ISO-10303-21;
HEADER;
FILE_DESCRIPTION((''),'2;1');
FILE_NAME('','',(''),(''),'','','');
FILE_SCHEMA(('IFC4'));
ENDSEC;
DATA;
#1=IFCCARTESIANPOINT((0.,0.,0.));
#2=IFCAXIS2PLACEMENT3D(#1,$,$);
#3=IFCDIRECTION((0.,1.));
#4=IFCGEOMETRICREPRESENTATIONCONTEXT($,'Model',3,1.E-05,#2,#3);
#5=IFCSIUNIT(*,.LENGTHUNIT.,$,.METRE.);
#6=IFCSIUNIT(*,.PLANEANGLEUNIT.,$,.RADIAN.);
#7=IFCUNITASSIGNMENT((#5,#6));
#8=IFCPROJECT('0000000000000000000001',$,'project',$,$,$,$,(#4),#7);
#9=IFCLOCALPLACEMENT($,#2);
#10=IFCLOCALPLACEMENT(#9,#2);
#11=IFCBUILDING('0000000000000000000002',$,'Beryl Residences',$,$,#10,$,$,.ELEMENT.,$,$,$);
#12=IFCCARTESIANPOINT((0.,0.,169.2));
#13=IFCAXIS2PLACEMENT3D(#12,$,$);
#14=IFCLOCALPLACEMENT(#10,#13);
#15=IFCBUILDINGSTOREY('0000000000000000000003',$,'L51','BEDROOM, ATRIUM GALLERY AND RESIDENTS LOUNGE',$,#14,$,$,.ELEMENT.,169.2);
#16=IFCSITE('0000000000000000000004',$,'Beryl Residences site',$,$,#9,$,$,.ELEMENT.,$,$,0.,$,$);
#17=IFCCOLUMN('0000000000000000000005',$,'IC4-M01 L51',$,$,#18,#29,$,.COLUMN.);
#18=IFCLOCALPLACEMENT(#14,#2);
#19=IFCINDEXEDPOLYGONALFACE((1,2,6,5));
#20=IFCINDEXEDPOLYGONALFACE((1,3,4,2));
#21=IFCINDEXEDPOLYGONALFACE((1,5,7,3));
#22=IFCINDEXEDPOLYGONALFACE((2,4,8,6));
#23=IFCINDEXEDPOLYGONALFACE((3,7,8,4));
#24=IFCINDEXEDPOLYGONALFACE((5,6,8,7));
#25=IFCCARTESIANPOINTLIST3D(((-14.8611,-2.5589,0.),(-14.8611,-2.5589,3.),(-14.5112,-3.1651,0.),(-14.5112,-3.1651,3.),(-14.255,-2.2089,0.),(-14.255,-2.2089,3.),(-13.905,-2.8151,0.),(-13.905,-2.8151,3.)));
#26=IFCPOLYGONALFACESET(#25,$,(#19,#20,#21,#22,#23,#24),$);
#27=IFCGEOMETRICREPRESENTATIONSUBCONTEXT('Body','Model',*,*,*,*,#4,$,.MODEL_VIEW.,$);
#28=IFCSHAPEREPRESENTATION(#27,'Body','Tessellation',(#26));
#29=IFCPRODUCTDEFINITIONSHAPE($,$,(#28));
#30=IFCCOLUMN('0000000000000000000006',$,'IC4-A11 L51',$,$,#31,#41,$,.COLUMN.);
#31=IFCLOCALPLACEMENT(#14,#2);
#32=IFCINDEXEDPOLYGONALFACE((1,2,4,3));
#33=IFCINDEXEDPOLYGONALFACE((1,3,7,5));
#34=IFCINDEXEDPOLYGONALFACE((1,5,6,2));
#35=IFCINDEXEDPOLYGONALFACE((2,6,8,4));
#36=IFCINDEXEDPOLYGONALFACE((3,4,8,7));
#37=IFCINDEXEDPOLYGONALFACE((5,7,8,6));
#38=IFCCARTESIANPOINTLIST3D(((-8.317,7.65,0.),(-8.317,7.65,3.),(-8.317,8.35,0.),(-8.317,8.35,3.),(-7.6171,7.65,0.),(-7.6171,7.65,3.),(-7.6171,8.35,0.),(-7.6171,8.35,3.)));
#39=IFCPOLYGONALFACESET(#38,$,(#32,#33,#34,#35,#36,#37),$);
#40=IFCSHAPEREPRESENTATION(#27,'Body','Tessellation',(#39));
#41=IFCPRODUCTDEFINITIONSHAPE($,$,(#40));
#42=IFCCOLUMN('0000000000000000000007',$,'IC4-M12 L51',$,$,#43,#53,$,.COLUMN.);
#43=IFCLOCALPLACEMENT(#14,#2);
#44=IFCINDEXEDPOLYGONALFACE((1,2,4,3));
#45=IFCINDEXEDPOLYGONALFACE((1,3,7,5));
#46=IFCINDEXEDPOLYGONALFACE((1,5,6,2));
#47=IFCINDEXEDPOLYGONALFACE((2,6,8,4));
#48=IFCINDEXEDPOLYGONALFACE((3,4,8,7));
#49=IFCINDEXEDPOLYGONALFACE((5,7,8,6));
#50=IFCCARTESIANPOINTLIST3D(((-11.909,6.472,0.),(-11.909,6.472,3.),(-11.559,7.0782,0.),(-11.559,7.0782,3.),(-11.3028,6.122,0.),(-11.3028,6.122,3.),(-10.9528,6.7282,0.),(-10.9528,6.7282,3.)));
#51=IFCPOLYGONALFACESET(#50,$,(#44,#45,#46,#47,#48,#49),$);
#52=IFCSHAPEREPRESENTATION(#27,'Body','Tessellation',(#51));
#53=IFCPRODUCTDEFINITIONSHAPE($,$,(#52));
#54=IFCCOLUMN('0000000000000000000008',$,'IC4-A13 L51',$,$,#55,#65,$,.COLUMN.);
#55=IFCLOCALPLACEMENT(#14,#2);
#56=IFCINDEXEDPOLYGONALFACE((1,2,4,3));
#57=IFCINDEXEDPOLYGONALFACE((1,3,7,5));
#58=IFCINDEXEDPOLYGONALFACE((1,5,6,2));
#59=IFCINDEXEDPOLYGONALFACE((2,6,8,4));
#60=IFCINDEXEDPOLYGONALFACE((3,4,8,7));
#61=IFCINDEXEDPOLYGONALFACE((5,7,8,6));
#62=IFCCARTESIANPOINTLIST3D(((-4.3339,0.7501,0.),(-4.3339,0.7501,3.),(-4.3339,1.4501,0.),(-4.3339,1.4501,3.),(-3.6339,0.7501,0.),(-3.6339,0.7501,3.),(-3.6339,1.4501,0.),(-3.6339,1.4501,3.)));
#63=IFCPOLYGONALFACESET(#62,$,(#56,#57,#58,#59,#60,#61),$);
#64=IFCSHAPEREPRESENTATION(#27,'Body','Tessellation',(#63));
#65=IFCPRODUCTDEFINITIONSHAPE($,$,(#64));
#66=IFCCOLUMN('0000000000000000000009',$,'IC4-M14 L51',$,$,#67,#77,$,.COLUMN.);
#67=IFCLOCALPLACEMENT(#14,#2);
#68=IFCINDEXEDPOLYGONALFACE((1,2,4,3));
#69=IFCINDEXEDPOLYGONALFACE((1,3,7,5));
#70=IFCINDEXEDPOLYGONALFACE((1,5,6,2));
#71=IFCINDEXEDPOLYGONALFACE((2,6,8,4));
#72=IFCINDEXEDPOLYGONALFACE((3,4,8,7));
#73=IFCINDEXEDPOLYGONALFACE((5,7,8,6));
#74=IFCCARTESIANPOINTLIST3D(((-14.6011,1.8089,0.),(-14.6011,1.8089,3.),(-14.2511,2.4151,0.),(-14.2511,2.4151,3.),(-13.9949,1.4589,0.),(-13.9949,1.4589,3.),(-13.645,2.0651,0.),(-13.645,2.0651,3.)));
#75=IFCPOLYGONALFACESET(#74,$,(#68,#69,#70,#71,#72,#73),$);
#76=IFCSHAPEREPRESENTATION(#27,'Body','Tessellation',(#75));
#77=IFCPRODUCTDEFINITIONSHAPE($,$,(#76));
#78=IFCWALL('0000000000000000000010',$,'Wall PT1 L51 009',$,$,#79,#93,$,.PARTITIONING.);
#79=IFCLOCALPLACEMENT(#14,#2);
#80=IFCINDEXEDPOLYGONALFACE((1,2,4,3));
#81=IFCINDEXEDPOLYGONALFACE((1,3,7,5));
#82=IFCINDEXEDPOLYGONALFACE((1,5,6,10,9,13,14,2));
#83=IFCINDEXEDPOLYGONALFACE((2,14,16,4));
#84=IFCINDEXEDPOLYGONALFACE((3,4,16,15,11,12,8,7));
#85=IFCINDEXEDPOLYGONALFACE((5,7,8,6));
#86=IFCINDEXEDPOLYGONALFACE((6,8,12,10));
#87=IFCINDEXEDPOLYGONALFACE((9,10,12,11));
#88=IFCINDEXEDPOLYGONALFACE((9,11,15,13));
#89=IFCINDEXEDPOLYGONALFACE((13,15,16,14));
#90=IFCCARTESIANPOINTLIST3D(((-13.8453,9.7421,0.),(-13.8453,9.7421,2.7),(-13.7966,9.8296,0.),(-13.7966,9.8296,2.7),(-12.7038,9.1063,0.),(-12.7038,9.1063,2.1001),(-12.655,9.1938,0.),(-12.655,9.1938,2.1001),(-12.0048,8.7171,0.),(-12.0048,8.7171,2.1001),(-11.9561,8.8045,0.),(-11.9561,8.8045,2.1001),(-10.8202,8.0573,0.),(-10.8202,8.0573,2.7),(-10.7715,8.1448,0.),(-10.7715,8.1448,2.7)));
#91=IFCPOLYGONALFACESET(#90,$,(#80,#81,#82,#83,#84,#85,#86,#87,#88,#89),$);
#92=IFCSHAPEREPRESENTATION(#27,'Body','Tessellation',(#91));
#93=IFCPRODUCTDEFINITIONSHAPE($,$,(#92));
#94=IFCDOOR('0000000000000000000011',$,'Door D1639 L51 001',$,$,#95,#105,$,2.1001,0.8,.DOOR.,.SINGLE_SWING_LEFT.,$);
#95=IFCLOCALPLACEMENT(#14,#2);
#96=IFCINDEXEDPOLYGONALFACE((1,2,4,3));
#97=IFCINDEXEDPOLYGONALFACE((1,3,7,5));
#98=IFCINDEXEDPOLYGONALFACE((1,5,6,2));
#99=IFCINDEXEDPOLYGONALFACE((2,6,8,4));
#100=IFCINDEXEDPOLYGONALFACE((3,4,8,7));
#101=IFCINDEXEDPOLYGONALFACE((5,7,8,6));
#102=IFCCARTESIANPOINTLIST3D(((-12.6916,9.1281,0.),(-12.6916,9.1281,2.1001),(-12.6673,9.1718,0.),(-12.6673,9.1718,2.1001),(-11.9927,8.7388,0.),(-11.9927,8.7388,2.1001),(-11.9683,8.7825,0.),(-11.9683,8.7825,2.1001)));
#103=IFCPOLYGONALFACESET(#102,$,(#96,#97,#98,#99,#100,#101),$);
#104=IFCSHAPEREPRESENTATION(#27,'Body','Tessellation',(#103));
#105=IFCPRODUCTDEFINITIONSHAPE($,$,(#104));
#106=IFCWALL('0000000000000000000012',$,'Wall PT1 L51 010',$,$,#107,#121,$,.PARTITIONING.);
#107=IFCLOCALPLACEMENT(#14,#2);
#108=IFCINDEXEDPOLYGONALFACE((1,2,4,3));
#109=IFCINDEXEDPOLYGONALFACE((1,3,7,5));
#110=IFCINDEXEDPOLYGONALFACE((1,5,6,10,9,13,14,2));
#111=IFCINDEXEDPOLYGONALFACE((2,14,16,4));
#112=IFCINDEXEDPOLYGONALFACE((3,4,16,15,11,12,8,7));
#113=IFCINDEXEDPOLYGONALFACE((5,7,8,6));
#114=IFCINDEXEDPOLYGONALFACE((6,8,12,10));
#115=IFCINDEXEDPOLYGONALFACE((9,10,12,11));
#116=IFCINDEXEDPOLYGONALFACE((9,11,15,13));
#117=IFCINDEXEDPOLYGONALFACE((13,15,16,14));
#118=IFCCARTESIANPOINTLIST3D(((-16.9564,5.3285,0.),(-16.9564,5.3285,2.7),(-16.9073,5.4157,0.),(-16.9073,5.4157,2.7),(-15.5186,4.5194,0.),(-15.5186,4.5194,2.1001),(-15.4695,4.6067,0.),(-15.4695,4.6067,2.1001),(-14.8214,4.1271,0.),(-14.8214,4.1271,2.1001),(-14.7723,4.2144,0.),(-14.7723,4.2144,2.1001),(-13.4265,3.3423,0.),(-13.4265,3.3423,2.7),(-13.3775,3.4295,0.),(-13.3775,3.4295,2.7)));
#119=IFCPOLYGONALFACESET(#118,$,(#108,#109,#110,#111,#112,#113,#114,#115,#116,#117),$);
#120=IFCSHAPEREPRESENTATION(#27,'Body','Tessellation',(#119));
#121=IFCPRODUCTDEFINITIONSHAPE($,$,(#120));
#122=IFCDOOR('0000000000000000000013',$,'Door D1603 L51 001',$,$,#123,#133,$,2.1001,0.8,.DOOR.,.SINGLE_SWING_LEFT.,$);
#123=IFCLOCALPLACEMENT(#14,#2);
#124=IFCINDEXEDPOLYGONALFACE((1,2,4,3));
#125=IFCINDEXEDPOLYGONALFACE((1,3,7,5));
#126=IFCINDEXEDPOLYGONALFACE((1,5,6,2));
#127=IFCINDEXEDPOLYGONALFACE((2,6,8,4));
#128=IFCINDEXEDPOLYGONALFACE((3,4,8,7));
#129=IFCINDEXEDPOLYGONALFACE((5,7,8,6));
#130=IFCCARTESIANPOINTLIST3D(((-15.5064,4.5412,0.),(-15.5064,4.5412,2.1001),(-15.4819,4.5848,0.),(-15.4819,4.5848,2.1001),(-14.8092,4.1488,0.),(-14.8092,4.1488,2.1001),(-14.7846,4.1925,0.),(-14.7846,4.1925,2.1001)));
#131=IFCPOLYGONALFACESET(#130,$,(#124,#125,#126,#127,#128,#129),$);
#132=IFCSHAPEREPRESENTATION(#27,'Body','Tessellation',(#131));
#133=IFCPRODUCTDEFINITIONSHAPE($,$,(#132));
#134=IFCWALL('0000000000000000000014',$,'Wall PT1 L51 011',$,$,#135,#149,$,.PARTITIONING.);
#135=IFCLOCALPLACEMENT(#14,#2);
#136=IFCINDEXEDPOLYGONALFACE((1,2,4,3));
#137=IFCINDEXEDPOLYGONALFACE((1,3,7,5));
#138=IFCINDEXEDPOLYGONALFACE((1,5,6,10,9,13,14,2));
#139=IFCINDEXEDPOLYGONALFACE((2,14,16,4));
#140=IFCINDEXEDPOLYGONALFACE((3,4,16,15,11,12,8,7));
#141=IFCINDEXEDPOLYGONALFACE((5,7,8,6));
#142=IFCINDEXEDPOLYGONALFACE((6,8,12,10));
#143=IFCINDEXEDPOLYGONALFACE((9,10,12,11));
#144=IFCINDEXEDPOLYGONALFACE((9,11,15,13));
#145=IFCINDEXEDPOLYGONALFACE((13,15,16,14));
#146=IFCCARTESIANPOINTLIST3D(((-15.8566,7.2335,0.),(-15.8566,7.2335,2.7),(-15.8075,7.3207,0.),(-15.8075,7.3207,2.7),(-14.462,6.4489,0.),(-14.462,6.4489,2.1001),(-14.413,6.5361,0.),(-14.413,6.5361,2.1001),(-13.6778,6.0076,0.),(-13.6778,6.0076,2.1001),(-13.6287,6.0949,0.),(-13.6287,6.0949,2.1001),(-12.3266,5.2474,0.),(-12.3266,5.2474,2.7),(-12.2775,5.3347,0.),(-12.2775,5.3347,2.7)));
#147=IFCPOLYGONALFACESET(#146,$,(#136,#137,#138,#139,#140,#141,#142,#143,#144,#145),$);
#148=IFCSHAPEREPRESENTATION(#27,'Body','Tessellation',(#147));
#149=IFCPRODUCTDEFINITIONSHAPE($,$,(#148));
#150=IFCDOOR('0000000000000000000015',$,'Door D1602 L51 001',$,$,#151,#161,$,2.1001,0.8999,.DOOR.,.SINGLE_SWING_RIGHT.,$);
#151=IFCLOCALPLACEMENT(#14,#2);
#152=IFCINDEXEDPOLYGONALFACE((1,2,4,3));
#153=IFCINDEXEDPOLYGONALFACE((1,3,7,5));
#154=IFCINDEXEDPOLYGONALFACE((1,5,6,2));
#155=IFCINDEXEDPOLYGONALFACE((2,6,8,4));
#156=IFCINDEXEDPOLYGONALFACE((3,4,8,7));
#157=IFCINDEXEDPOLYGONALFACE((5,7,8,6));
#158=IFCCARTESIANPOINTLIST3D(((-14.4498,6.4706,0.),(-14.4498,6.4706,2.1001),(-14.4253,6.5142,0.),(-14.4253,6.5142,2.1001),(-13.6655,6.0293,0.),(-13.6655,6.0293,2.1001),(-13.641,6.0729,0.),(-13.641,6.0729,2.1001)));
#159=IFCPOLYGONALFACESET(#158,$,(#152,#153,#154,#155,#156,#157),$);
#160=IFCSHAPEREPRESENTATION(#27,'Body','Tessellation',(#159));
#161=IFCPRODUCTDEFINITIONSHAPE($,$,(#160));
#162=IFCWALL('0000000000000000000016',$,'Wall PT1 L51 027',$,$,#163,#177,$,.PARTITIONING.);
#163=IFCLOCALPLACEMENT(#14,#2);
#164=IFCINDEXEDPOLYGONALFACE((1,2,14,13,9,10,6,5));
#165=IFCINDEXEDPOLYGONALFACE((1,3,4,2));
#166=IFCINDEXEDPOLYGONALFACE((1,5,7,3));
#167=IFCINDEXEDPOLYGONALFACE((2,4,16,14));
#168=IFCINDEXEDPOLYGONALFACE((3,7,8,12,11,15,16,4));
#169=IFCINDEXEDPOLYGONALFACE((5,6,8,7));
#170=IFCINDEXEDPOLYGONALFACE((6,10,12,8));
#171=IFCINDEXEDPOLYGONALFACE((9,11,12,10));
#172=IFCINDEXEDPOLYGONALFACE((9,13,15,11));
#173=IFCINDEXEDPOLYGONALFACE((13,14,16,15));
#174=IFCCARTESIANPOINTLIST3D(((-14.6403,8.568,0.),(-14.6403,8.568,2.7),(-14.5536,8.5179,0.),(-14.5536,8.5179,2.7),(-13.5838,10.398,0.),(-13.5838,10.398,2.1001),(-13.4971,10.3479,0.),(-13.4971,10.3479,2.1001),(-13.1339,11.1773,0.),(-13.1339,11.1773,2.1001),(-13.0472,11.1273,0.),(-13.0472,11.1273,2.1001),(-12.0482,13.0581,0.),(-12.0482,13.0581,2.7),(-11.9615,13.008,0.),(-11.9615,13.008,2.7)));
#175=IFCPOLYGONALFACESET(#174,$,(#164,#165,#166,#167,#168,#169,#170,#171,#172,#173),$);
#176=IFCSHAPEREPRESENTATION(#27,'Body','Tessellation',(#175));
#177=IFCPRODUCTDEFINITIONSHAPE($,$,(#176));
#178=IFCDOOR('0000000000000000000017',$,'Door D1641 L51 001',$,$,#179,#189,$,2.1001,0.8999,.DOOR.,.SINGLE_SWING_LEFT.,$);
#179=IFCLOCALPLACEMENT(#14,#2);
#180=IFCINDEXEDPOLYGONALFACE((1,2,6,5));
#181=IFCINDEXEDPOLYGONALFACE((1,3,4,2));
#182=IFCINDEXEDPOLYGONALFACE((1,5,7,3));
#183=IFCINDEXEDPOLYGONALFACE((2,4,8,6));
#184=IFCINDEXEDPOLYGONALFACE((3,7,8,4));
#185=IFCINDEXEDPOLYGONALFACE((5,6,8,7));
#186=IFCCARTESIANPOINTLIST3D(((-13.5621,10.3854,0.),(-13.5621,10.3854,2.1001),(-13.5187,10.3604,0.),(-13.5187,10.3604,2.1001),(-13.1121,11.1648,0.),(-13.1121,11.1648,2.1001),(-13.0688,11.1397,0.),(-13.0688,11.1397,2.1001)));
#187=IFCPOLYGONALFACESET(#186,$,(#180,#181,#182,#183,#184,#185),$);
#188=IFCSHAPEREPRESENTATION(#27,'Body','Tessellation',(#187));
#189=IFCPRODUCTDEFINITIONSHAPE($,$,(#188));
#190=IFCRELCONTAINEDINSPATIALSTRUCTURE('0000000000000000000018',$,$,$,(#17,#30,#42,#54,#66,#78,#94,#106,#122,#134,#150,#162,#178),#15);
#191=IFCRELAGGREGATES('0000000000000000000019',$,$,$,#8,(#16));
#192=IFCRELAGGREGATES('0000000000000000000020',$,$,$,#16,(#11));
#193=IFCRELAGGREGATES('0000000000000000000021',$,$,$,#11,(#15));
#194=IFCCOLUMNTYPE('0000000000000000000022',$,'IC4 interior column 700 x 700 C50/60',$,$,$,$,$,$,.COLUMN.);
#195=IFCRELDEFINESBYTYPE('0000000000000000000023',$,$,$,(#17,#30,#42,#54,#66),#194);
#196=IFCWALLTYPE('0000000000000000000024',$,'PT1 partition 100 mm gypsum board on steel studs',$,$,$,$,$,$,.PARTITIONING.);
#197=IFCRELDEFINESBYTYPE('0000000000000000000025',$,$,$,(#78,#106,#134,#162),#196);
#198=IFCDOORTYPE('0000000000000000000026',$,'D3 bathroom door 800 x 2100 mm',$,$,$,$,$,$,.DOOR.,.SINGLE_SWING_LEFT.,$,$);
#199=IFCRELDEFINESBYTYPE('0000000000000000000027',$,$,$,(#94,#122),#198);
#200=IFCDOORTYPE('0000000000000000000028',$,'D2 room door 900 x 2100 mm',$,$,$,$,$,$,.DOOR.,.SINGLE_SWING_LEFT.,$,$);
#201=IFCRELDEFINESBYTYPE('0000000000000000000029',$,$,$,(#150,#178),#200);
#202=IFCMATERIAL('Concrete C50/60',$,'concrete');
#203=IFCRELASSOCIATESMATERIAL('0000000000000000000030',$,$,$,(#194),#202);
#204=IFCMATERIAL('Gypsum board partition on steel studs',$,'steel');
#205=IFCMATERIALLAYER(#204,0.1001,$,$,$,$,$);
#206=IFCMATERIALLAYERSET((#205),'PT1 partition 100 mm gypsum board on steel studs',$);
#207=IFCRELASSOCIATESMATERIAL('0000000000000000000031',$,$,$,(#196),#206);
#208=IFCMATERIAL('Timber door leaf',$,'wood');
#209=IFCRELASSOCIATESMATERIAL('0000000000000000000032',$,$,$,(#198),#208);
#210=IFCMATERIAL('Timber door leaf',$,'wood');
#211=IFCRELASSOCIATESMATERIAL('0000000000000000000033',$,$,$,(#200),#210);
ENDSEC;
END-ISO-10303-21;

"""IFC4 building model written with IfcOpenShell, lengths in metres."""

from ifc_helpers import new_model, si_unit, direction, frame, frame_2d, origin, origin_2d, place, context, subcontext, project, spatial, rectangle, extrude, material, layer, layer_set, material_profile, profile_set, type_object, element, fill, save


model = new_model("IFC4")

# Units and contexts
model_context = context("Model", 3, precision=1e-05, world=origin(), true_north=direction((0.0, 1.0)))
body_context = subcontext(model_context, "Body", "Model", "MODEL_VIEW")
ifc_project = project(units=[si_unit("LENGTHUNIT", "METRE"), si_unit("PLANEANGLEUNIT", "RADIAN")], contexts=[model_context])

# Site, building, storey
site_placement = place(None, origin())
site = spatial("IfcSite", under=ifc_project, at=site_placement, Name="Beryl Residences site", CompositionType="ELEMENT", RefElevation=0.0)
building_placement = place(site_placement, origin())
building = spatial("IfcBuilding", under=site, at=building_placement, Name="Beryl Residences", CompositionType="ELEMENT")
storey_placement = place(building_placement, frame((0.0, 0.0, 169.2)))
storey = spatial("IfcBuildingStorey", under=building, at=storey_placement, Name="L51", Description="BEDROOM, ATRIUM GALLERY AND RESIDENTS LOUNGE", CompositionType="ELEMENT", Elevation=169.2)

# Columns
ifc_material_1 = material(Name="Concrete C50/60", Category="concrete")
ifc_material_profile = material_profile(ifc_material_1, rectangle(XDim=0.7, YDim=0.7, at=origin_2d()))
ifc_profile_set = profile_set([ifc_material_profile], Name="Concrete C50/60")
column_type = type_object("IfcColumnType", Name="IC4 interior column 700 x 700 C50/60", PredefinedType="COLUMN", material=ifc_profile_set)
for number, where, z_axis, x_axis, name in (
    (1, (-14.3831, -2.687, 0.0), (0.0, 0.0, 1.0), (0.5, -0.866025, 0.0), "IC4-M01 L51"),
    (2, (-7.967, 8.0, 0.0), (0.0, 0.0, 1.0), (1.0, 0.0, 0.0), "IC4-A11 L51"),
    (3, (-11.4309, 6.6001, 0.0), (0.0, 0.0, 1.0), (-0.5, -0.866025, 0.0), "IC4-M12 L51"),
    (4, (-3.9839, 1.1001, 0.0), (0.0, 0.0, 1.0), (1.0, 0.0, 0.0), "IC4-A13 L51"),
    (5, (-14.123, 1.937, 0.0), (0.0, 0.0, 1.0), (-0.5, -0.866025, 0.0), "IC4-M14 L51"),
):
    element("IfcColumn", number, at=place(storey_placement, frame(where, z_axis=z_axis, x_axis=x_axis)), inside=storey, type_object=column_type, Name=name, PredefinedType="COLUMN", context=body_context, shape_type="SweptSolid", body=[
        extrude(rectangle(XDim=0.7, YDim=0.7, at=origin_2d()), origin(), (0.0, 0.0, 1.0), 3.0),
    ])

# Walls, openings, doors
ifc_material_2 = material(Name="Gypsum board partition on steel studs", Category="steel")
ifc_layer_1 = layer(ifc_material_2, 0.1001)
ifc_layer_set_1 = layer_set([ifc_layer_1], Name="PT1 partition 100 mm gypsum board on steel studs")
wall_type_1 = type_object("IfcWallType", Name="PT1 partition 100 mm gypsum board on steel studs", PredefinedType="PARTITIONING", material=ifc_layer_set_1)
wall_1_placement = place(storey_placement, frame((-13.821, 9.7859, 0.0), z_axis=(0.0, 0.0, 1.0), x_axis=(0.873645, -0.486565, 0.0)))
wall_1 = element("IfcWall", 6, at=wall_1_placement, inside=storey, type_object=wall_type_1, Name="Wall PT1 L51 009", PredefinedType="PARTITIONING", context=body_context, shape_type="SweptSolid", body=[
    extrude(rectangle(XDim=3.4626, YDim=0.1001, at=frame_2d((1.7314, 0.0))), origin(), (0.0, 0.0, 1.0), 2.7),
])
opening_1_placement = place(wall_1_placement, frame((1.3069, 0.0, 0.0)))
opening_1 = element("IfcOpeningElement", 7, at=opening_1_placement, cuts=wall_1, PredefinedType="OPENING", context=body_context, shape_type="SweptSolid", body=[
    extrude(rectangle(XDim=0.8, YDim=2.1001, at=frame_2d((0.3999, 1.05))), frame((0.0, 0.0601, 0.0), z_axis=(0.0, -1.0, 0.0), x_axis=(1.0, 0.0, 0.0)), (0.0, 0.0, 1.0), 0.1201),
])
ifc_material_3 = material(Name="Timber door leaf", Category="wood")
door_type_1 = type_object("IfcDoorType", Name="D3 bathroom door 800 x 2100 mm", OperationType="SINGLE_SWING_LEFT", PredefinedType="DOOR", material=ifc_material_3)
door_1_placement = place(opening_1_placement, origin())
door_1 = element("IfcDoor", 8, at=door_1_placement, inside=storey, type_object=door_type_1, Name="Door D1639 L51 001", OperationType="SINGLE_SWING_LEFT", OverallHeight=2.1001, OverallWidth=0.8, PredefinedType="DOOR", context=body_context, shape_type="SweptSolid", body=[
    extrude(rectangle(XDim=0.8, YDim=2.1001, at=frame_2d((0.3999, 1.05))), frame((0.0, 0.0249, 0.0), z_axis=(0.0, -1.0, 0.0), x_axis=(1.0, 0.0, 0.0)), (0.0, 0.0, 1.0), 0.05),
])
fill(opening_1, door_1)
wall_2_placement = place(storey_placement, frame((-16.9319, 5.3721, 0.0), z_axis=(0.0, 0.0, 1.0), x_axis=(0.871514, -0.49037, 0.0)))
wall_2 = element("IfcWall", 9, at=wall_2_placement, inside=storey, type_object=wall_type_1, Name="Wall PT1 L51 010", PredefinedType="PARTITIONING", context=body_context, shape_type="SweptSolid", body=[
    extrude(rectangle(XDim=4.0503, YDim=0.1001, at=frame_2d((2.0251, 0.0))), origin(), (0.0, 0.0, 1.0), 2.7),
])
opening_2_placement = place(wall_2_placement, frame((1.6499, 0.0, 0.0)))
opening_2 = element("IfcOpeningElement", 10, at=opening_2_placement, cuts=wall_2, PredefinedType="OPENING", context=body_context, shape_type="SweptSolid", body=[
    extrude(rectangle(XDim=0.8, YDim=2.1001, at=frame_2d((0.3999, 1.05))), frame((0.0, 0.0601, 0.0), z_axis=(0.0, -1.0, 0.0), x_axis=(1.0, 0.0, 0.0)), (0.0, 0.0, 1.0), 0.1201),
])
door_2_placement = place(opening_2_placement, origin())
door_2 = element("IfcDoor", 11, at=door_2_placement, inside=storey, type_object=door_type_1, Name="Door D1603 L51 001", OperationType="SINGLE_SWING_LEFT", OverallHeight=2.1001, OverallWidth=0.8, PredefinedType="DOOR", context=body_context, shape_type="SweptSolid", body=[
    extrude(rectangle(XDim=0.8, YDim=2.1001, at=frame_2d((0.3999, 1.05))), frame((0.0, 0.0249, 0.0), z_axis=(0.0, -1.0, 0.0), x_axis=(1.0, 0.0, 0.0)), (0.0, 0.0, 1.0), 0.05),
])
fill(opening_2, door_2)
wall_3_placement = place(storey_placement, frame((-15.832, 7.2771, 0.0), z_axis=(0.0, 0.0, 1.0), x_axis=(0.871529, -0.490344, 0.0)))
wall_3 = element("IfcWall", 12, at=wall_3_placement, inside=storey, type_object=wall_type_1, Name="Wall PT1 L51 011", PredefinedType="PARTITIONING", context=body_context, shape_type="SweptSolid", body=[
    extrude(rectangle(XDim=4.0503, YDim=0.1001, at=frame_2d((2.0251, 0.0))), origin(), (0.0, 0.0, 1.0), 2.7),
])
opening_3_placement = place(wall_3_placement, frame((1.6001, 0.0, 0.0)))
opening_3 = element("IfcOpeningElement", 13, at=opening_3_placement, cuts=wall_3, PredefinedType="OPENING", context=body_context, shape_type="SweptSolid", body=[
    extrude(rectangle(XDim=0.8999, YDim=2.1001, at=frame_2d((0.45, 1.05))), frame((0.0, 0.0601, 0.0), z_axis=(0.0, -1.0, 0.0), x_axis=(1.0, 0.0, 0.0)), (0.0, 0.0, 1.0), 0.1201),
])
ifc_material_4 = material(Name="Timber door leaf", Category="wood")
door_type_2 = type_object("IfcDoorType", Name="D2 room door 900 x 2100 mm", OperationType="SINGLE_SWING_LEFT", PredefinedType="DOOR", material=ifc_material_4)
door_3_placement = place(opening_3_placement, origin())
door_3 = element("IfcDoor", 14, at=door_3_placement, inside=storey, type_object=door_type_2, Name="Door D1602 L51 001", OperationType="SINGLE_SWING_RIGHT", OverallHeight=2.1001, OverallWidth=0.8999, PredefinedType="DOOR", context=body_context, shape_type="SweptSolid", body=[
    extrude(rectangle(XDim=0.8999, YDim=2.1001, at=frame_2d((0.45, 1.05))), frame((0.0, 0.0249, 0.0), z_axis=(0.0, -1.0, 0.0), x_axis=(1.0, 0.0, 0.0)), (0.0, 0.0, 1.0), 0.05),
])
fill(opening_3, door_3)
wall_4_placement = place(storey_placement, frame((-14.5969, 8.543, 0.0), z_axis=(0.0, 0.0, 1.0), x_axis=(0.499963, 0.866047, 0.0)))
wall_4 = element("IfcWall", 15, at=wall_4_placement, inside=storey, type_object=wall_type_1, Name="Wall PT1 L51 027", PredefinedType="PARTITIONING", context=body_context, shape_type="SweptSolid", body=[
    extrude(rectangle(XDim=5.1846, YDim=0.1001, at=frame_2d((2.5923, 0.0))), origin(), (0.0, 0.0, 1.0), 2.7),
])
opening_4_placement = place(wall_4_placement, frame((2.113, 0.0, 0.0)))
opening_4 = element("IfcOpeningElement", 16, at=opening_4_placement, cuts=wall_4, PredefinedType="OPENING", context=body_context, shape_type="SweptSolid", body=[
    extrude(rectangle(XDim=0.8999, YDim=2.1001, at=frame_2d((0.45, 1.05))), frame((0.0, 0.0601, 0.0), z_axis=(0.0, -1.0, 0.0), x_axis=(1.0, 0.0, 0.0)), (0.0, 0.0, 1.0), 0.1201),
])
door_4_placement = place(opening_4_placement, origin())
door_4 = element("IfcDoor", 17, at=door_4_placement, inside=storey, type_object=door_type_2, Name="Door D1641 L51 001", OperationType="SINGLE_SWING_LEFT", OverallHeight=2.1001, OverallWidth=0.8999, PredefinedType="DOOR", context=body_context, shape_type="SweptSolid", body=[
    extrude(rectangle(XDim=0.8999, YDim=2.1001, at=frame_2d((0.45, 1.05))), frame((0.0, 0.0249, 0.0), z_axis=(0.0, -1.0, 0.0), x_axis=(1.0, 0.0, 0.0)), (0.0, 0.0, 1.0), 0.05),
])
fill(opening_4, door_4)

save(model, "model.ifc")
